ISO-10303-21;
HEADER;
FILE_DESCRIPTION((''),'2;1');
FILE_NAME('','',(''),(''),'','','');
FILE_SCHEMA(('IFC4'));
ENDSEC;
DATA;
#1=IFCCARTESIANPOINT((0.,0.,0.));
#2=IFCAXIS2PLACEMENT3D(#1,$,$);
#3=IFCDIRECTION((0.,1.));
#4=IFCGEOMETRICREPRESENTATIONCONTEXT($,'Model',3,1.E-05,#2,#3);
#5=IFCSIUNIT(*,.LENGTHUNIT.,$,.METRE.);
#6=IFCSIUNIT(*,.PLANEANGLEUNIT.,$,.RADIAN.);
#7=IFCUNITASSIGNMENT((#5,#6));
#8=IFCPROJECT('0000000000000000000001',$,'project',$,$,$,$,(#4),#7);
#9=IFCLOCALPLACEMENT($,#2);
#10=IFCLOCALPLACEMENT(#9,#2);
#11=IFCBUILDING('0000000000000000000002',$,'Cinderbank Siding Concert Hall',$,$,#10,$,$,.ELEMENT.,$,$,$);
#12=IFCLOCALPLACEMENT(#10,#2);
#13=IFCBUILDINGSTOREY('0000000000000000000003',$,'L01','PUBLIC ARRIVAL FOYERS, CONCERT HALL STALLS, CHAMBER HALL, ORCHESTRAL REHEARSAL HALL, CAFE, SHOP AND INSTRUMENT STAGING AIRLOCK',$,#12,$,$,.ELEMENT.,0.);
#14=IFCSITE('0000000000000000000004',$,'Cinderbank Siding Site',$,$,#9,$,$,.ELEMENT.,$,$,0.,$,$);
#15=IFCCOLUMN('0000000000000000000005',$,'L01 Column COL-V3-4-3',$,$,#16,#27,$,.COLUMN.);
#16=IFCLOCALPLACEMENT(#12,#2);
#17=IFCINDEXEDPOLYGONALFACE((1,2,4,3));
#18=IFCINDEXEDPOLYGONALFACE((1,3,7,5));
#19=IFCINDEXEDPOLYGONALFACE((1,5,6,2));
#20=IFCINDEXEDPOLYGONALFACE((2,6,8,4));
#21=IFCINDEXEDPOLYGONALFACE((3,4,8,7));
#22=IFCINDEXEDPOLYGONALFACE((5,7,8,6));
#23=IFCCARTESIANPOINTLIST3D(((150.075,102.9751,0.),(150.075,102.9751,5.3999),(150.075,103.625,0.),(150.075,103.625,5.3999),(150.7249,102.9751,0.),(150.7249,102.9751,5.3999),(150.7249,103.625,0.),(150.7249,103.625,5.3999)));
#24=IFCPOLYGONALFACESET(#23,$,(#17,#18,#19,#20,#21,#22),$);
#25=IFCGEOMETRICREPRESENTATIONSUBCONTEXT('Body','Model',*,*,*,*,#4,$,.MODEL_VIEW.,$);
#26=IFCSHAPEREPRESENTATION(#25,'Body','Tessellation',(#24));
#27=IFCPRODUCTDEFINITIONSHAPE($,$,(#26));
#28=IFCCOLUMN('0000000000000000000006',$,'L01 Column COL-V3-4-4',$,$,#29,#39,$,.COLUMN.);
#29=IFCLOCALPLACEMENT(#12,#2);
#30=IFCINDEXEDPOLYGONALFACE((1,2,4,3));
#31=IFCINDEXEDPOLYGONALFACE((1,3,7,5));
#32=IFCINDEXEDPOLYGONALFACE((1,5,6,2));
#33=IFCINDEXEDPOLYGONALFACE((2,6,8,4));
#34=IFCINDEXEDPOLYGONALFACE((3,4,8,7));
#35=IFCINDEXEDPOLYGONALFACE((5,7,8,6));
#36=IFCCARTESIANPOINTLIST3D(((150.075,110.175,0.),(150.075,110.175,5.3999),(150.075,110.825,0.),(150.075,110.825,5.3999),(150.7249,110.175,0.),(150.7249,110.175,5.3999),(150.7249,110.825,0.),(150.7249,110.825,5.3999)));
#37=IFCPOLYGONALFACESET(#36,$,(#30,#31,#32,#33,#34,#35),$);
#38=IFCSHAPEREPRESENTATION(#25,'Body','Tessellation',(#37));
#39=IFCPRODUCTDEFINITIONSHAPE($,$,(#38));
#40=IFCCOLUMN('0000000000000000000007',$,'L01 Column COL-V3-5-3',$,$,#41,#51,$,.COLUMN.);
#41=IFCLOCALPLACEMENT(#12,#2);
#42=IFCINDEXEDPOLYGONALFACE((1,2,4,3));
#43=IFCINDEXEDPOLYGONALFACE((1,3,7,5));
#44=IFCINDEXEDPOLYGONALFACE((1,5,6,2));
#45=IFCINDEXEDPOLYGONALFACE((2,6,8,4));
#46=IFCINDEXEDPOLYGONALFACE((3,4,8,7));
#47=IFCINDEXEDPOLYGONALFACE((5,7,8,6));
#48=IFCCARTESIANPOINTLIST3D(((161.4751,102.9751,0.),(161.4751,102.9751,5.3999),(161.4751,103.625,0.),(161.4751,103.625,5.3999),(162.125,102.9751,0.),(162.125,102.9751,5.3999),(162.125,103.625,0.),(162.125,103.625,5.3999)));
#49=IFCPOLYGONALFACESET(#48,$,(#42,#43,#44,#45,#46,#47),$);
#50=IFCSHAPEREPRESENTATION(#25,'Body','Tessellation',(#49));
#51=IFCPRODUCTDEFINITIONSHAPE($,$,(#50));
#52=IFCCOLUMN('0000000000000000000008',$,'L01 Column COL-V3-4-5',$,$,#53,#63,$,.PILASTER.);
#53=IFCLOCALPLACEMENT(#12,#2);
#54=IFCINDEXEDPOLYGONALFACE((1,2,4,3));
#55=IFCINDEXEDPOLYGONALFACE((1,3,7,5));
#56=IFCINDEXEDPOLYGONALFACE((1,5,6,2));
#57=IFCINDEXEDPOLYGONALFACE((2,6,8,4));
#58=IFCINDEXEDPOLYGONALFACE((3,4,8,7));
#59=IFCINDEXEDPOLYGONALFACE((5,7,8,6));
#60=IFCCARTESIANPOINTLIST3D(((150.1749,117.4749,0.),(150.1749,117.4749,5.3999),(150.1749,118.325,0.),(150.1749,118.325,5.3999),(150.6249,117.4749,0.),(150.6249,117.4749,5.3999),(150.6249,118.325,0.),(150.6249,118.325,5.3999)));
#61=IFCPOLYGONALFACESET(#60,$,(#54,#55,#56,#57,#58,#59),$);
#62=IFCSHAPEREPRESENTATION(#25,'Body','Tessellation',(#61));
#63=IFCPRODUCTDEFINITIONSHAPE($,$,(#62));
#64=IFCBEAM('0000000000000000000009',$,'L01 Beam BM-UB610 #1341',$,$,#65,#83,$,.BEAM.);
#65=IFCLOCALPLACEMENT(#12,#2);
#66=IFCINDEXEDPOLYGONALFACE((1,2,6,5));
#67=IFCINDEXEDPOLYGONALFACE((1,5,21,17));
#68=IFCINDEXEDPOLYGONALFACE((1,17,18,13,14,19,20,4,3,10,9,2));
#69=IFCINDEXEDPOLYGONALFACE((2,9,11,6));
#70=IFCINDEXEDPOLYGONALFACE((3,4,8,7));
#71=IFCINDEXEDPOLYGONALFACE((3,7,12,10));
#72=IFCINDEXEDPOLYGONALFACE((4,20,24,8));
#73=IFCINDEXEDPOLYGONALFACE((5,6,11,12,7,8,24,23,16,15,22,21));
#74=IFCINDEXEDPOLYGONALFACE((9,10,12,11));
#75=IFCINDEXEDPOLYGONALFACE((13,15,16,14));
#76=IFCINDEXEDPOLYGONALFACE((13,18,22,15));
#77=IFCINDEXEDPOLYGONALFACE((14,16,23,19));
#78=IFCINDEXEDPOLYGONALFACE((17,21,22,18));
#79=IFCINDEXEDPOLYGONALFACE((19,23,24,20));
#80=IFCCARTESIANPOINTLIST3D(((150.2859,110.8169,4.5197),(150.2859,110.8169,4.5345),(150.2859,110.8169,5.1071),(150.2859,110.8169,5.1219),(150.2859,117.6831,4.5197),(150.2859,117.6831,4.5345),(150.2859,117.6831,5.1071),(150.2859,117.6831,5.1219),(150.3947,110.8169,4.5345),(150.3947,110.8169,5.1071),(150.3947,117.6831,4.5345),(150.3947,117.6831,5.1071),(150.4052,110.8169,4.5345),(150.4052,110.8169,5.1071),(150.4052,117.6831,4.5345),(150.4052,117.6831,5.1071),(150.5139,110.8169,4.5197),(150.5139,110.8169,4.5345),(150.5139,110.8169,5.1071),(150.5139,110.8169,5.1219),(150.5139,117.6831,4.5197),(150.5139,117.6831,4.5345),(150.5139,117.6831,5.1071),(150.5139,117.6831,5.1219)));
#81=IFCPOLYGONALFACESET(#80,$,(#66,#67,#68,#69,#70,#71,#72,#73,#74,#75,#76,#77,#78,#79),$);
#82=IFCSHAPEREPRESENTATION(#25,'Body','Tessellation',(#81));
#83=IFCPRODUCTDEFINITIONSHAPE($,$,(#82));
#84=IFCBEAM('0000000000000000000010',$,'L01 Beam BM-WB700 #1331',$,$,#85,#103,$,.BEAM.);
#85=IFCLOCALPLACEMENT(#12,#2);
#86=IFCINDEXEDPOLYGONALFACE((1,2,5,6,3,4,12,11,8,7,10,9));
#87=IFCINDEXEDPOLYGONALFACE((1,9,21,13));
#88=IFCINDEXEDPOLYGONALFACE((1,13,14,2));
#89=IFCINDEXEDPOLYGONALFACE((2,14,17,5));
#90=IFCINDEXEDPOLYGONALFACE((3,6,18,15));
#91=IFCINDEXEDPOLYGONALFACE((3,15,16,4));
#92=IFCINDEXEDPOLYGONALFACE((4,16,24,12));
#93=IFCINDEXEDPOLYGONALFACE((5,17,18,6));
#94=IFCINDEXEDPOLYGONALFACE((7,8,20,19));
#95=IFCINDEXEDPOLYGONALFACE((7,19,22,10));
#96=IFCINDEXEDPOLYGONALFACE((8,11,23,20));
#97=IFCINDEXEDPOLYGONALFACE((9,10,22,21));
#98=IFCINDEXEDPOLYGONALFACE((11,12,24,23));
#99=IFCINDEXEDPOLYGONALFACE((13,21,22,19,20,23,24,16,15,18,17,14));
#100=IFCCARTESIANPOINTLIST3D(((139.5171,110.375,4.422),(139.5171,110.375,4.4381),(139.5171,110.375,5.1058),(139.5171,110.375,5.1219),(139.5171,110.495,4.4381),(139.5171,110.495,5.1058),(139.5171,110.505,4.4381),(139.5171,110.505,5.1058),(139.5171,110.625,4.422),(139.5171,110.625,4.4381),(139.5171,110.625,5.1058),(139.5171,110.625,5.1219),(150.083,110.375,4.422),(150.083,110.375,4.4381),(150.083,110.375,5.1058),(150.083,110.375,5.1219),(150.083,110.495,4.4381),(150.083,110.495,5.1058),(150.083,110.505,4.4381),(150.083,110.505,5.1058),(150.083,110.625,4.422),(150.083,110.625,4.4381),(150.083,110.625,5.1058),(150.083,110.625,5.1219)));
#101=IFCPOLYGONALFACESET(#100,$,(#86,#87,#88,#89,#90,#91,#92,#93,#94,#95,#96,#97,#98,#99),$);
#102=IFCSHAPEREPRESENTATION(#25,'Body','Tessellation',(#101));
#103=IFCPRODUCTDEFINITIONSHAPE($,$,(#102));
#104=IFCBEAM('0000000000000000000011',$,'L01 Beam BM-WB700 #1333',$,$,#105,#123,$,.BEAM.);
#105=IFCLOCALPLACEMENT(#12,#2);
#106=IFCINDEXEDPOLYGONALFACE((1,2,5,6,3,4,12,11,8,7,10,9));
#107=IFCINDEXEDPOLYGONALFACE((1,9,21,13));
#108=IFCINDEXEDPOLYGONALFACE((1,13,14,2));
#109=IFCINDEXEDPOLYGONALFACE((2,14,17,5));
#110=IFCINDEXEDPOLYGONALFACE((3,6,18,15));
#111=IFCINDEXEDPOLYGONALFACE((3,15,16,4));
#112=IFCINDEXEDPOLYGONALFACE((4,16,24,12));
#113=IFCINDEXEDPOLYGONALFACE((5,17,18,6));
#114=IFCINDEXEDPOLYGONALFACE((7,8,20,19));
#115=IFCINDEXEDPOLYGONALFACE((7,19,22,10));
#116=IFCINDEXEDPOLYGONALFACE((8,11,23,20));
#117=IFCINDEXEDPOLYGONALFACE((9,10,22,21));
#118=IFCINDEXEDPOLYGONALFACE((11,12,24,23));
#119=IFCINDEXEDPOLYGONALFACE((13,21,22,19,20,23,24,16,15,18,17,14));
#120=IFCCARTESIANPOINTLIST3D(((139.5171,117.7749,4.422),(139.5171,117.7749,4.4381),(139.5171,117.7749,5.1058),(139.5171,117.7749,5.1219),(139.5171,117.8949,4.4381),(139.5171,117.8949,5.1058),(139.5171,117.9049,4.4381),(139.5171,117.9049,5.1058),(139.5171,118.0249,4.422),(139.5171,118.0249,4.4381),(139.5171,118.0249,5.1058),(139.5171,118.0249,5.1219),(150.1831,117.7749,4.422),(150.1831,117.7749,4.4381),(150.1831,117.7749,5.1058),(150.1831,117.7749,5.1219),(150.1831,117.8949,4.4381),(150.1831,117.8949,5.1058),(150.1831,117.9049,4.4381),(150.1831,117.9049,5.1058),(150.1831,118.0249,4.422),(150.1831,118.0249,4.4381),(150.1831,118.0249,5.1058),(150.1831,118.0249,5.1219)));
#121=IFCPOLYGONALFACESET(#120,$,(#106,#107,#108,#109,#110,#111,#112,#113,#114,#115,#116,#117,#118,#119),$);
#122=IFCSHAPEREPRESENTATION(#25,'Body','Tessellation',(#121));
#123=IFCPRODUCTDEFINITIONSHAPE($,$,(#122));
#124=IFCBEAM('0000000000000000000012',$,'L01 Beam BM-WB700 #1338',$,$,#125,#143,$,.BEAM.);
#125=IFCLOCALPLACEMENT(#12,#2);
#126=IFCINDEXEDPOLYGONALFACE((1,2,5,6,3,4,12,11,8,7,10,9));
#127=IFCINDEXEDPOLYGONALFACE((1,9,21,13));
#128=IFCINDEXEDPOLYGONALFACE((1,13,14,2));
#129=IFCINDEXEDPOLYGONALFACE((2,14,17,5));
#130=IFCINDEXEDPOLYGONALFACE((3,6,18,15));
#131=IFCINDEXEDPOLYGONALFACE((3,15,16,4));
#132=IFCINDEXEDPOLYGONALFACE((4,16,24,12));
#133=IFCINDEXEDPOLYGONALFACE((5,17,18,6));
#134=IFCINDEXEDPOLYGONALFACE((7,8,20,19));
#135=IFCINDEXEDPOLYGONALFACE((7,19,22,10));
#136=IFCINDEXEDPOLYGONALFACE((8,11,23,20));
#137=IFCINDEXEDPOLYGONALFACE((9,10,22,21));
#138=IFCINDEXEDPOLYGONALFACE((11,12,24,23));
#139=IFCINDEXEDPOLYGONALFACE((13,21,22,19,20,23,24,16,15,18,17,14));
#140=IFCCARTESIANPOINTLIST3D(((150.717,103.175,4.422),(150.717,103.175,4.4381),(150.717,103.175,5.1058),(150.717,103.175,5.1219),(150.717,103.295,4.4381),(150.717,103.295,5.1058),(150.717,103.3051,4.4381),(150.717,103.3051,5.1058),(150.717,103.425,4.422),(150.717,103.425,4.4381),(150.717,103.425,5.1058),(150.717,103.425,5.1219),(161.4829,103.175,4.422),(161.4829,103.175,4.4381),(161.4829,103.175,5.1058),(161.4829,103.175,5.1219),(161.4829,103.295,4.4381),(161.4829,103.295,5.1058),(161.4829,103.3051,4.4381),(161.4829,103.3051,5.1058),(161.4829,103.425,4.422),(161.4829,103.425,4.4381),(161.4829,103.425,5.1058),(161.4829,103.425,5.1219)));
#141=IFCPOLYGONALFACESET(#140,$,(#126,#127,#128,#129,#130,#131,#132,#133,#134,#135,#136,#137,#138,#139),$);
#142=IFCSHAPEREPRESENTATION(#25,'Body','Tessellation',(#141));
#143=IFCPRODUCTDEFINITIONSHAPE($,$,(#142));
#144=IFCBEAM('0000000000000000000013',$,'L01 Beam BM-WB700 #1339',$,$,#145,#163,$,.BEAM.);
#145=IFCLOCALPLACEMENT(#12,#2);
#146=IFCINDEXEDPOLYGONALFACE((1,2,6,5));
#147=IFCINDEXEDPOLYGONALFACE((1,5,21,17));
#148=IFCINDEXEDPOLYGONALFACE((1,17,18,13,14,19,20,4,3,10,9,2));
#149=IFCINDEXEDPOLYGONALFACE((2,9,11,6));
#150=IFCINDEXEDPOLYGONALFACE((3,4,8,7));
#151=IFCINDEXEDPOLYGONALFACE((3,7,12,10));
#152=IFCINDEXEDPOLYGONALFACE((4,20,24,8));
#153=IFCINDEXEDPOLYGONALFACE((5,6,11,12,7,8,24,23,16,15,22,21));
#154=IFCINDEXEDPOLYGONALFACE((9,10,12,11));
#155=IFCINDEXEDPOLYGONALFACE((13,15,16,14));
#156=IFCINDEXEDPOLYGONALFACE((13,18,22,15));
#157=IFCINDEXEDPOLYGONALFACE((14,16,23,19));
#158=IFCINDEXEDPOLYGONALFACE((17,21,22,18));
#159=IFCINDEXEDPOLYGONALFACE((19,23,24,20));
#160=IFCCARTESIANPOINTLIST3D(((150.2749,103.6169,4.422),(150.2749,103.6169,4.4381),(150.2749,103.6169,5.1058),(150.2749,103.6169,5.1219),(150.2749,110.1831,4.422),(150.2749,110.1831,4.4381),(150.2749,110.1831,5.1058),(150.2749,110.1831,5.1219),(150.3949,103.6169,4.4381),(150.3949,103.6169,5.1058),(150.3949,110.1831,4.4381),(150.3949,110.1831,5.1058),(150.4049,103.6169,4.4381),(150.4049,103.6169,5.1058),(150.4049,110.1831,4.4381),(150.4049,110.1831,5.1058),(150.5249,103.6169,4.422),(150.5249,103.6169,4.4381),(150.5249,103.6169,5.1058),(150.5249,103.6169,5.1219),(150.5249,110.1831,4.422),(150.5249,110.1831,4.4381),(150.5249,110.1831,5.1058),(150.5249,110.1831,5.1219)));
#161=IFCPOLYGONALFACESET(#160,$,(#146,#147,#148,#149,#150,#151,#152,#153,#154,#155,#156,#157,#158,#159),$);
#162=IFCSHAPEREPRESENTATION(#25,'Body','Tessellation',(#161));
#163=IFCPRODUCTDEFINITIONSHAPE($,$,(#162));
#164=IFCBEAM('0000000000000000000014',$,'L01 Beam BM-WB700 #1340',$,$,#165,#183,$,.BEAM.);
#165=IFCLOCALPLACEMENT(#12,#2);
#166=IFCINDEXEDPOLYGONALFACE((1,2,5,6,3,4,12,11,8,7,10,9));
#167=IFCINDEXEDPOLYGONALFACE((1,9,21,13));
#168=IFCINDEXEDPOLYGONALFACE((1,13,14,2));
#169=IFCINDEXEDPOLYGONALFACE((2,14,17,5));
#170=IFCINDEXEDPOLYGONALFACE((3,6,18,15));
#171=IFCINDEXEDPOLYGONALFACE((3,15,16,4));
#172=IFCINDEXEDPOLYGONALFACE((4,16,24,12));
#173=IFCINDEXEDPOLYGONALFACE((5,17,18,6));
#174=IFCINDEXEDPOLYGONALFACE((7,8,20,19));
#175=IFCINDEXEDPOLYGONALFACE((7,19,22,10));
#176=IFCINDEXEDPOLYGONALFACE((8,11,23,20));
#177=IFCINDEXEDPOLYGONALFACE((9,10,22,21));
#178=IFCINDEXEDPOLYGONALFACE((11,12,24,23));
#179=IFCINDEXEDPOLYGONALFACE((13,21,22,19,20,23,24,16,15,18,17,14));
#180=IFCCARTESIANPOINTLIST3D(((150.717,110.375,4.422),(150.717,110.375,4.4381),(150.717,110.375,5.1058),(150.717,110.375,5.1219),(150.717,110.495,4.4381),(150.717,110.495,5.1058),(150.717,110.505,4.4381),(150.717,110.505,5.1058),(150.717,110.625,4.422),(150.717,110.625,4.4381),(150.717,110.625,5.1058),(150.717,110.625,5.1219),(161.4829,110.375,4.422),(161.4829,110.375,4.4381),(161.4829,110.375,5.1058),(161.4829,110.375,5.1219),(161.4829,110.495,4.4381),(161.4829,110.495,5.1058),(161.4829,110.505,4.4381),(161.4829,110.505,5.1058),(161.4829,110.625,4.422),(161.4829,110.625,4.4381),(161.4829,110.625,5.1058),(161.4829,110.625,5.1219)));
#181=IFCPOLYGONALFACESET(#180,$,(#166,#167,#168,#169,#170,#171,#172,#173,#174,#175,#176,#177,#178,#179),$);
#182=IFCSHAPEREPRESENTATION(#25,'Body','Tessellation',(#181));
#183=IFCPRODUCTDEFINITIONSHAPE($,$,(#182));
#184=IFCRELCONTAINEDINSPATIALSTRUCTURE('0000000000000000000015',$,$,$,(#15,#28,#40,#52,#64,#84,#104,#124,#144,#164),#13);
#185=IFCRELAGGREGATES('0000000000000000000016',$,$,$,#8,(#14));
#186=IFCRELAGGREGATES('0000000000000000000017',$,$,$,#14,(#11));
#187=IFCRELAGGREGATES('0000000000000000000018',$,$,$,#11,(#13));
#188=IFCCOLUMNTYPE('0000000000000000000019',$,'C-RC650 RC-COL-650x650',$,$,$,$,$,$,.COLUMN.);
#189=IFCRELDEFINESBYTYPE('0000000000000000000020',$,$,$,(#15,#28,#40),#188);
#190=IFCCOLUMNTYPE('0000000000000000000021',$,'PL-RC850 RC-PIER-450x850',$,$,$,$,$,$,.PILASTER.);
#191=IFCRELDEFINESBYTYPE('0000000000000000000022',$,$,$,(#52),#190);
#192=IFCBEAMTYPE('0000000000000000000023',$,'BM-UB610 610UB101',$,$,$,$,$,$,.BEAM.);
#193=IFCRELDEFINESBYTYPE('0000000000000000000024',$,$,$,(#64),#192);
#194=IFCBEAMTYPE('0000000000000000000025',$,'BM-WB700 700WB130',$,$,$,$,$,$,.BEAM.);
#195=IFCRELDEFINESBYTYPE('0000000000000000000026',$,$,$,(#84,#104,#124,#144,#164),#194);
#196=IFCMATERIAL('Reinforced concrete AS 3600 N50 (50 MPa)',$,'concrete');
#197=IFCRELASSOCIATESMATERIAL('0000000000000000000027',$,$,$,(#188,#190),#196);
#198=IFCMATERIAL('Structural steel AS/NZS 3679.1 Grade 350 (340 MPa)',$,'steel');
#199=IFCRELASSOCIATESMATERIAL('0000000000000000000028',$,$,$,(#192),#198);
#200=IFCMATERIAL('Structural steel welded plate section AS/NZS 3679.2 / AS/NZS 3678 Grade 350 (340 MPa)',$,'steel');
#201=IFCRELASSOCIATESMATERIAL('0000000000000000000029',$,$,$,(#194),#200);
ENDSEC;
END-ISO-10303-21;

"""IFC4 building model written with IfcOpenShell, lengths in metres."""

from ifc_helpers import new_model, si_unit, direction, frame, origin, origin_2d, place, context, subcontext, project, spatial, rectangle, i_section, extrude, material, material_profile, profile_set, type_object, element, save


model = new_model("IFC4")

# Units and contexts
model_context = context("Model", 3, precision=1e-05, world=origin(), true_north=direction((0.0, 1.0)))
body_context = subcontext(model_context, "Body", "Model", "MODEL_VIEW")
ifc_project = project(units=[si_unit("LENGTHUNIT", "METRE"), si_unit("PLANEANGLEUNIT", "RADIAN")], contexts=[model_context])

# Site, building, storey
site_placement = place(None, origin())
site = spatial("IfcSite", under=ifc_project, at=site_placement, Name="Cinderbank Siding Site", CompositionType="ELEMENT", RefElevation=0.0)
building_placement = place(site_placement, origin())
building = spatial("IfcBuilding", under=site, at=building_placement, Name="Cinderbank Siding Concert Hall", CompositionType="ELEMENT")
storey_placement = place(building_placement, origin())
storey = spatial("IfcBuildingStorey", under=building, at=storey_placement, Name="L01", Description="PUBLIC ARRIVAL FOYERS, CONCERT HALL STALLS, CHAMBER HALL, ORCHESTRAL REHEARSAL HALL, CAFE, SHOP AND INSTRUMENT STAGING AIRLOCK", CompositionType="ELEMENT", Elevation=0.0)

# Columns
ifc_material_1 = material(Name="Reinforced concrete AS 3600 N50 (50 MPa)", Category="concrete")
ifc_material_profile_1 = material_profile(ifc_material_1, rectangle(XDim=0.6499, YDim=0.6499, at=origin_2d()), Name="RC-COL-650x650", Category="LoadBearing")
ifc_profile_set_1 = profile_set([ifc_material_profile_1], Name="Reinforced concrete AS 3600 N50 (50 MPa)")
column_type_1 = type_object("IfcColumnType", Name="C-RC650 RC-COL-650x650", PredefinedType="COLUMN", material=ifc_profile_set_1)
for number, where, z_axis, x_axis, name in (
    (1, (150.3999, 103.3, 0.0), (0.0, 0.0, 1.0), (1.0, 0.0, 0.0), "L01 Column COL-V3-4-3"),
    (2, (150.3999, 110.5, 0.0), (0.0, 0.0, 1.0), (1.0, 0.0, 0.0), "L01 Column COL-V3-4-4"),
    (3, (161.8, 103.3, 0.0), (0.0, 0.0, 1.0), (1.0, 0.0, 0.0), "L01 Column COL-V3-5-3"),
):
    element("IfcColumn", number, at=place(storey_placement, frame(where, z_axis=z_axis, x_axis=x_axis)), inside=storey, type_object=column_type_1, Name=name, PredefinedType="COLUMN", context=body_context, shape_type="SweptSolid", body=[
        extrude(rectangle(XDim=0.6499, YDim=0.6499, at=origin_2d()), origin(), (0.0, 0.0, 1.0), 5.3999),
    ])
ifc_material_profile_2 = material_profile(ifc_material_1, rectangle(XDim=0.45, YDim=0.8501, at=origin_2d()), Name="RC-PIER-450x850", Category="LoadBearing")
ifc_profile_set_2 = profile_set([ifc_material_profile_2], Name="Reinforced concrete AS 3600 N50 (50 MPa)")
column_type_2 = type_object("IfcColumnType", Name="PL-RC850 RC-PIER-450x850", PredefinedType="PILASTER", material=ifc_profile_set_2)
column_placement = place(storey_placement, frame((150.3999, 117.8999, 0.0), z_axis=(0.0, 0.0, 1.0), x_axis=(1.0, 0.0, 0.0)))
element("IfcColumn", 4, at=column_placement, inside=storey, type_object=column_type_2, Name="L01 Column COL-V3-4-5", PredefinedType="PILASTER", context=body_context, shape_type="SweptSolid", body=[
    extrude(rectangle(XDim=0.45, YDim=0.8501, at=origin_2d()), origin(), (0.0, 0.0, 1.0), 5.3999),
])

# Beams
ifc_material_2 = material(Name="Structural steel AS/NZS 3679.1 Grade 350 (340 MPa)", Category="steel")
ifc_material_profile_3 = material_profile(ifc_material_2, i_section(OverallWidth=0.228, OverallDepth=0.6023, WebThickness=0.0105, FlangeThickness=0.0149, at=origin_2d()), Name="610UB101", Category="LoadBearing")
ifc_profile_set_3 = profile_set([ifc_material_profile_3], Name="Structural steel AS/NZS 3679.1 Grade 350 (340 MPa)")
beam_type_1 = type_object("IfcBeamType", Name="BM-UB610 610UB101", PredefinedType="BEAM", material=ifc_profile_set_3)
beam_1_placement = place(storey_placement, frame((150.3999, 110.8169, 4.8208), z_axis=(0.0, 1.0, 0.0), x_axis=(-1.0, 0.0, 0.0)))
element("IfcBeam", 5, at=beam_1_placement, inside=storey, type_object=beam_type_1, Name="L01 Beam BM-UB610 #1341", PredefinedType="BEAM", context=body_context, shape_type="SweptSolid", body=[
    extrude(i_section(OverallWidth=0.228, OverallDepth=0.6023, WebThickness=0.0105, FlangeThickness=0.0149, at=origin_2d()), origin(), (0.0, 0.0, 1.0), 6.8662),
])
ifc_material_3 = material(Name="Structural steel welded plate section AS/NZS 3679.2 / AS/NZS 3678 Grade 350 (340 MPa)", Category="steel")
ifc_material_profile_4 = material_profile(ifc_material_3, i_section(OverallWidth=0.25, OverallDepth=0.7, WebThickness=0.01, FlangeThickness=0.0161, at=origin_2d()), Name="700WB130", Category="LoadBearing")
ifc_profile_set_4 = profile_set([ifc_material_profile_4], Name="Structural steel welded plate section AS/NZS 3679.2 / AS/NZS 3678 Grade 350 (340 MPa)")
beam_type_2 = type_object("IfcBeamType", Name="BM-WB700 700WB130", PredefinedType="BEAM", material=ifc_profile_set_4)
beam_2_placement = place(storey_placement, frame((139.5171, 110.5, 4.772), z_axis=(1.0, 0.0, 0.0), x_axis=(0.0, 1.0, 0.0)))
element("IfcBeam", 6, at=beam_2_placement, inside=storey, type_object=beam_type_2, Name="L01 Beam BM-WB700 #1331", PredefinedType="BEAM", context=body_context, shape_type="SweptSolid", body=[
    extrude(i_section(OverallWidth=0.25, OverallDepth=0.7, WebThickness=0.01, FlangeThickness=0.0161, at=origin_2d()), origin(), (0.0, 0.0, 1.0), 10.5659),
])
beam_3_placement = place(storey_placement, frame((139.5171, 117.8999, 4.772), z_axis=(1.0, 0.0, 0.0), x_axis=(0.0, 1.0, 0.0)))
element("IfcBeam", 7, at=beam_3_placement, inside=storey, type_object=beam_type_2, Name="L01 Beam BM-WB700 #1333", PredefinedType="BEAM", context=body_context, shape_type="SweptSolid", body=[
    extrude(i_section(OverallWidth=0.25, OverallDepth=0.7, WebThickness=0.01, FlangeThickness=0.0161, at=origin_2d()), origin(), (0.0, 0.0, 1.0), 10.666),
])
beam_4_placement = place(storey_placement, frame((150.717, 103.3, 4.772), z_axis=(1.0, 0.0, 0.0), x_axis=(0.0, 1.0, 0.0)))
element("IfcBeam", 8, at=beam_4_placement, inside=storey, type_object=beam_type_2, Name="L01 Beam BM-WB700 #1338", PredefinedType="BEAM", context=body_context, shape_type="SweptSolid", body=[
    extrude(i_section(OverallWidth=0.25, OverallDepth=0.7, WebThickness=0.01, FlangeThickness=0.0161, at=origin_2d()), origin(), (0.0, 0.0, 1.0), 10.7659),
])
beam_5_placement = place(storey_placement, frame((150.3999, 103.6169, 4.772), z_axis=(0.0, 1.0, 0.0), x_axis=(-1.0, 0.0, 0.0)))
element("IfcBeam", 9, at=beam_5_placement, inside=storey, type_object=beam_type_2, Name="L01 Beam BM-WB700 #1339", PredefinedType="BEAM", context=body_context, shape_type="SweptSolid", body=[
    extrude(i_section(OverallWidth=0.25, OverallDepth=0.7, WebThickness=0.01, FlangeThickness=0.0161, at=origin_2d()), origin(), (0.0, 0.0, 1.0), 6.5662),
])
beam_6_placement = place(storey_placement, frame((150.717, 110.5, 4.772), z_axis=(1.0, 0.0, 0.0), x_axis=(0.0, 1.0, 0.0)))
element("IfcBeam", 10, at=beam_6_placement, inside=storey, type_object=beam_type_2, Name="L01 Beam BM-WB700 #1340", PredefinedType="BEAM", context=body_context, shape_type="SweptSolid", body=[
    extrude(i_section(OverallWidth=0.25, OverallDepth=0.7, WebThickness=0.01, FlangeThickness=0.0161, at=origin_2d()), origin(), (0.0, 0.0, 1.0), 10.7659),
])

save(model, "model.ifc")
